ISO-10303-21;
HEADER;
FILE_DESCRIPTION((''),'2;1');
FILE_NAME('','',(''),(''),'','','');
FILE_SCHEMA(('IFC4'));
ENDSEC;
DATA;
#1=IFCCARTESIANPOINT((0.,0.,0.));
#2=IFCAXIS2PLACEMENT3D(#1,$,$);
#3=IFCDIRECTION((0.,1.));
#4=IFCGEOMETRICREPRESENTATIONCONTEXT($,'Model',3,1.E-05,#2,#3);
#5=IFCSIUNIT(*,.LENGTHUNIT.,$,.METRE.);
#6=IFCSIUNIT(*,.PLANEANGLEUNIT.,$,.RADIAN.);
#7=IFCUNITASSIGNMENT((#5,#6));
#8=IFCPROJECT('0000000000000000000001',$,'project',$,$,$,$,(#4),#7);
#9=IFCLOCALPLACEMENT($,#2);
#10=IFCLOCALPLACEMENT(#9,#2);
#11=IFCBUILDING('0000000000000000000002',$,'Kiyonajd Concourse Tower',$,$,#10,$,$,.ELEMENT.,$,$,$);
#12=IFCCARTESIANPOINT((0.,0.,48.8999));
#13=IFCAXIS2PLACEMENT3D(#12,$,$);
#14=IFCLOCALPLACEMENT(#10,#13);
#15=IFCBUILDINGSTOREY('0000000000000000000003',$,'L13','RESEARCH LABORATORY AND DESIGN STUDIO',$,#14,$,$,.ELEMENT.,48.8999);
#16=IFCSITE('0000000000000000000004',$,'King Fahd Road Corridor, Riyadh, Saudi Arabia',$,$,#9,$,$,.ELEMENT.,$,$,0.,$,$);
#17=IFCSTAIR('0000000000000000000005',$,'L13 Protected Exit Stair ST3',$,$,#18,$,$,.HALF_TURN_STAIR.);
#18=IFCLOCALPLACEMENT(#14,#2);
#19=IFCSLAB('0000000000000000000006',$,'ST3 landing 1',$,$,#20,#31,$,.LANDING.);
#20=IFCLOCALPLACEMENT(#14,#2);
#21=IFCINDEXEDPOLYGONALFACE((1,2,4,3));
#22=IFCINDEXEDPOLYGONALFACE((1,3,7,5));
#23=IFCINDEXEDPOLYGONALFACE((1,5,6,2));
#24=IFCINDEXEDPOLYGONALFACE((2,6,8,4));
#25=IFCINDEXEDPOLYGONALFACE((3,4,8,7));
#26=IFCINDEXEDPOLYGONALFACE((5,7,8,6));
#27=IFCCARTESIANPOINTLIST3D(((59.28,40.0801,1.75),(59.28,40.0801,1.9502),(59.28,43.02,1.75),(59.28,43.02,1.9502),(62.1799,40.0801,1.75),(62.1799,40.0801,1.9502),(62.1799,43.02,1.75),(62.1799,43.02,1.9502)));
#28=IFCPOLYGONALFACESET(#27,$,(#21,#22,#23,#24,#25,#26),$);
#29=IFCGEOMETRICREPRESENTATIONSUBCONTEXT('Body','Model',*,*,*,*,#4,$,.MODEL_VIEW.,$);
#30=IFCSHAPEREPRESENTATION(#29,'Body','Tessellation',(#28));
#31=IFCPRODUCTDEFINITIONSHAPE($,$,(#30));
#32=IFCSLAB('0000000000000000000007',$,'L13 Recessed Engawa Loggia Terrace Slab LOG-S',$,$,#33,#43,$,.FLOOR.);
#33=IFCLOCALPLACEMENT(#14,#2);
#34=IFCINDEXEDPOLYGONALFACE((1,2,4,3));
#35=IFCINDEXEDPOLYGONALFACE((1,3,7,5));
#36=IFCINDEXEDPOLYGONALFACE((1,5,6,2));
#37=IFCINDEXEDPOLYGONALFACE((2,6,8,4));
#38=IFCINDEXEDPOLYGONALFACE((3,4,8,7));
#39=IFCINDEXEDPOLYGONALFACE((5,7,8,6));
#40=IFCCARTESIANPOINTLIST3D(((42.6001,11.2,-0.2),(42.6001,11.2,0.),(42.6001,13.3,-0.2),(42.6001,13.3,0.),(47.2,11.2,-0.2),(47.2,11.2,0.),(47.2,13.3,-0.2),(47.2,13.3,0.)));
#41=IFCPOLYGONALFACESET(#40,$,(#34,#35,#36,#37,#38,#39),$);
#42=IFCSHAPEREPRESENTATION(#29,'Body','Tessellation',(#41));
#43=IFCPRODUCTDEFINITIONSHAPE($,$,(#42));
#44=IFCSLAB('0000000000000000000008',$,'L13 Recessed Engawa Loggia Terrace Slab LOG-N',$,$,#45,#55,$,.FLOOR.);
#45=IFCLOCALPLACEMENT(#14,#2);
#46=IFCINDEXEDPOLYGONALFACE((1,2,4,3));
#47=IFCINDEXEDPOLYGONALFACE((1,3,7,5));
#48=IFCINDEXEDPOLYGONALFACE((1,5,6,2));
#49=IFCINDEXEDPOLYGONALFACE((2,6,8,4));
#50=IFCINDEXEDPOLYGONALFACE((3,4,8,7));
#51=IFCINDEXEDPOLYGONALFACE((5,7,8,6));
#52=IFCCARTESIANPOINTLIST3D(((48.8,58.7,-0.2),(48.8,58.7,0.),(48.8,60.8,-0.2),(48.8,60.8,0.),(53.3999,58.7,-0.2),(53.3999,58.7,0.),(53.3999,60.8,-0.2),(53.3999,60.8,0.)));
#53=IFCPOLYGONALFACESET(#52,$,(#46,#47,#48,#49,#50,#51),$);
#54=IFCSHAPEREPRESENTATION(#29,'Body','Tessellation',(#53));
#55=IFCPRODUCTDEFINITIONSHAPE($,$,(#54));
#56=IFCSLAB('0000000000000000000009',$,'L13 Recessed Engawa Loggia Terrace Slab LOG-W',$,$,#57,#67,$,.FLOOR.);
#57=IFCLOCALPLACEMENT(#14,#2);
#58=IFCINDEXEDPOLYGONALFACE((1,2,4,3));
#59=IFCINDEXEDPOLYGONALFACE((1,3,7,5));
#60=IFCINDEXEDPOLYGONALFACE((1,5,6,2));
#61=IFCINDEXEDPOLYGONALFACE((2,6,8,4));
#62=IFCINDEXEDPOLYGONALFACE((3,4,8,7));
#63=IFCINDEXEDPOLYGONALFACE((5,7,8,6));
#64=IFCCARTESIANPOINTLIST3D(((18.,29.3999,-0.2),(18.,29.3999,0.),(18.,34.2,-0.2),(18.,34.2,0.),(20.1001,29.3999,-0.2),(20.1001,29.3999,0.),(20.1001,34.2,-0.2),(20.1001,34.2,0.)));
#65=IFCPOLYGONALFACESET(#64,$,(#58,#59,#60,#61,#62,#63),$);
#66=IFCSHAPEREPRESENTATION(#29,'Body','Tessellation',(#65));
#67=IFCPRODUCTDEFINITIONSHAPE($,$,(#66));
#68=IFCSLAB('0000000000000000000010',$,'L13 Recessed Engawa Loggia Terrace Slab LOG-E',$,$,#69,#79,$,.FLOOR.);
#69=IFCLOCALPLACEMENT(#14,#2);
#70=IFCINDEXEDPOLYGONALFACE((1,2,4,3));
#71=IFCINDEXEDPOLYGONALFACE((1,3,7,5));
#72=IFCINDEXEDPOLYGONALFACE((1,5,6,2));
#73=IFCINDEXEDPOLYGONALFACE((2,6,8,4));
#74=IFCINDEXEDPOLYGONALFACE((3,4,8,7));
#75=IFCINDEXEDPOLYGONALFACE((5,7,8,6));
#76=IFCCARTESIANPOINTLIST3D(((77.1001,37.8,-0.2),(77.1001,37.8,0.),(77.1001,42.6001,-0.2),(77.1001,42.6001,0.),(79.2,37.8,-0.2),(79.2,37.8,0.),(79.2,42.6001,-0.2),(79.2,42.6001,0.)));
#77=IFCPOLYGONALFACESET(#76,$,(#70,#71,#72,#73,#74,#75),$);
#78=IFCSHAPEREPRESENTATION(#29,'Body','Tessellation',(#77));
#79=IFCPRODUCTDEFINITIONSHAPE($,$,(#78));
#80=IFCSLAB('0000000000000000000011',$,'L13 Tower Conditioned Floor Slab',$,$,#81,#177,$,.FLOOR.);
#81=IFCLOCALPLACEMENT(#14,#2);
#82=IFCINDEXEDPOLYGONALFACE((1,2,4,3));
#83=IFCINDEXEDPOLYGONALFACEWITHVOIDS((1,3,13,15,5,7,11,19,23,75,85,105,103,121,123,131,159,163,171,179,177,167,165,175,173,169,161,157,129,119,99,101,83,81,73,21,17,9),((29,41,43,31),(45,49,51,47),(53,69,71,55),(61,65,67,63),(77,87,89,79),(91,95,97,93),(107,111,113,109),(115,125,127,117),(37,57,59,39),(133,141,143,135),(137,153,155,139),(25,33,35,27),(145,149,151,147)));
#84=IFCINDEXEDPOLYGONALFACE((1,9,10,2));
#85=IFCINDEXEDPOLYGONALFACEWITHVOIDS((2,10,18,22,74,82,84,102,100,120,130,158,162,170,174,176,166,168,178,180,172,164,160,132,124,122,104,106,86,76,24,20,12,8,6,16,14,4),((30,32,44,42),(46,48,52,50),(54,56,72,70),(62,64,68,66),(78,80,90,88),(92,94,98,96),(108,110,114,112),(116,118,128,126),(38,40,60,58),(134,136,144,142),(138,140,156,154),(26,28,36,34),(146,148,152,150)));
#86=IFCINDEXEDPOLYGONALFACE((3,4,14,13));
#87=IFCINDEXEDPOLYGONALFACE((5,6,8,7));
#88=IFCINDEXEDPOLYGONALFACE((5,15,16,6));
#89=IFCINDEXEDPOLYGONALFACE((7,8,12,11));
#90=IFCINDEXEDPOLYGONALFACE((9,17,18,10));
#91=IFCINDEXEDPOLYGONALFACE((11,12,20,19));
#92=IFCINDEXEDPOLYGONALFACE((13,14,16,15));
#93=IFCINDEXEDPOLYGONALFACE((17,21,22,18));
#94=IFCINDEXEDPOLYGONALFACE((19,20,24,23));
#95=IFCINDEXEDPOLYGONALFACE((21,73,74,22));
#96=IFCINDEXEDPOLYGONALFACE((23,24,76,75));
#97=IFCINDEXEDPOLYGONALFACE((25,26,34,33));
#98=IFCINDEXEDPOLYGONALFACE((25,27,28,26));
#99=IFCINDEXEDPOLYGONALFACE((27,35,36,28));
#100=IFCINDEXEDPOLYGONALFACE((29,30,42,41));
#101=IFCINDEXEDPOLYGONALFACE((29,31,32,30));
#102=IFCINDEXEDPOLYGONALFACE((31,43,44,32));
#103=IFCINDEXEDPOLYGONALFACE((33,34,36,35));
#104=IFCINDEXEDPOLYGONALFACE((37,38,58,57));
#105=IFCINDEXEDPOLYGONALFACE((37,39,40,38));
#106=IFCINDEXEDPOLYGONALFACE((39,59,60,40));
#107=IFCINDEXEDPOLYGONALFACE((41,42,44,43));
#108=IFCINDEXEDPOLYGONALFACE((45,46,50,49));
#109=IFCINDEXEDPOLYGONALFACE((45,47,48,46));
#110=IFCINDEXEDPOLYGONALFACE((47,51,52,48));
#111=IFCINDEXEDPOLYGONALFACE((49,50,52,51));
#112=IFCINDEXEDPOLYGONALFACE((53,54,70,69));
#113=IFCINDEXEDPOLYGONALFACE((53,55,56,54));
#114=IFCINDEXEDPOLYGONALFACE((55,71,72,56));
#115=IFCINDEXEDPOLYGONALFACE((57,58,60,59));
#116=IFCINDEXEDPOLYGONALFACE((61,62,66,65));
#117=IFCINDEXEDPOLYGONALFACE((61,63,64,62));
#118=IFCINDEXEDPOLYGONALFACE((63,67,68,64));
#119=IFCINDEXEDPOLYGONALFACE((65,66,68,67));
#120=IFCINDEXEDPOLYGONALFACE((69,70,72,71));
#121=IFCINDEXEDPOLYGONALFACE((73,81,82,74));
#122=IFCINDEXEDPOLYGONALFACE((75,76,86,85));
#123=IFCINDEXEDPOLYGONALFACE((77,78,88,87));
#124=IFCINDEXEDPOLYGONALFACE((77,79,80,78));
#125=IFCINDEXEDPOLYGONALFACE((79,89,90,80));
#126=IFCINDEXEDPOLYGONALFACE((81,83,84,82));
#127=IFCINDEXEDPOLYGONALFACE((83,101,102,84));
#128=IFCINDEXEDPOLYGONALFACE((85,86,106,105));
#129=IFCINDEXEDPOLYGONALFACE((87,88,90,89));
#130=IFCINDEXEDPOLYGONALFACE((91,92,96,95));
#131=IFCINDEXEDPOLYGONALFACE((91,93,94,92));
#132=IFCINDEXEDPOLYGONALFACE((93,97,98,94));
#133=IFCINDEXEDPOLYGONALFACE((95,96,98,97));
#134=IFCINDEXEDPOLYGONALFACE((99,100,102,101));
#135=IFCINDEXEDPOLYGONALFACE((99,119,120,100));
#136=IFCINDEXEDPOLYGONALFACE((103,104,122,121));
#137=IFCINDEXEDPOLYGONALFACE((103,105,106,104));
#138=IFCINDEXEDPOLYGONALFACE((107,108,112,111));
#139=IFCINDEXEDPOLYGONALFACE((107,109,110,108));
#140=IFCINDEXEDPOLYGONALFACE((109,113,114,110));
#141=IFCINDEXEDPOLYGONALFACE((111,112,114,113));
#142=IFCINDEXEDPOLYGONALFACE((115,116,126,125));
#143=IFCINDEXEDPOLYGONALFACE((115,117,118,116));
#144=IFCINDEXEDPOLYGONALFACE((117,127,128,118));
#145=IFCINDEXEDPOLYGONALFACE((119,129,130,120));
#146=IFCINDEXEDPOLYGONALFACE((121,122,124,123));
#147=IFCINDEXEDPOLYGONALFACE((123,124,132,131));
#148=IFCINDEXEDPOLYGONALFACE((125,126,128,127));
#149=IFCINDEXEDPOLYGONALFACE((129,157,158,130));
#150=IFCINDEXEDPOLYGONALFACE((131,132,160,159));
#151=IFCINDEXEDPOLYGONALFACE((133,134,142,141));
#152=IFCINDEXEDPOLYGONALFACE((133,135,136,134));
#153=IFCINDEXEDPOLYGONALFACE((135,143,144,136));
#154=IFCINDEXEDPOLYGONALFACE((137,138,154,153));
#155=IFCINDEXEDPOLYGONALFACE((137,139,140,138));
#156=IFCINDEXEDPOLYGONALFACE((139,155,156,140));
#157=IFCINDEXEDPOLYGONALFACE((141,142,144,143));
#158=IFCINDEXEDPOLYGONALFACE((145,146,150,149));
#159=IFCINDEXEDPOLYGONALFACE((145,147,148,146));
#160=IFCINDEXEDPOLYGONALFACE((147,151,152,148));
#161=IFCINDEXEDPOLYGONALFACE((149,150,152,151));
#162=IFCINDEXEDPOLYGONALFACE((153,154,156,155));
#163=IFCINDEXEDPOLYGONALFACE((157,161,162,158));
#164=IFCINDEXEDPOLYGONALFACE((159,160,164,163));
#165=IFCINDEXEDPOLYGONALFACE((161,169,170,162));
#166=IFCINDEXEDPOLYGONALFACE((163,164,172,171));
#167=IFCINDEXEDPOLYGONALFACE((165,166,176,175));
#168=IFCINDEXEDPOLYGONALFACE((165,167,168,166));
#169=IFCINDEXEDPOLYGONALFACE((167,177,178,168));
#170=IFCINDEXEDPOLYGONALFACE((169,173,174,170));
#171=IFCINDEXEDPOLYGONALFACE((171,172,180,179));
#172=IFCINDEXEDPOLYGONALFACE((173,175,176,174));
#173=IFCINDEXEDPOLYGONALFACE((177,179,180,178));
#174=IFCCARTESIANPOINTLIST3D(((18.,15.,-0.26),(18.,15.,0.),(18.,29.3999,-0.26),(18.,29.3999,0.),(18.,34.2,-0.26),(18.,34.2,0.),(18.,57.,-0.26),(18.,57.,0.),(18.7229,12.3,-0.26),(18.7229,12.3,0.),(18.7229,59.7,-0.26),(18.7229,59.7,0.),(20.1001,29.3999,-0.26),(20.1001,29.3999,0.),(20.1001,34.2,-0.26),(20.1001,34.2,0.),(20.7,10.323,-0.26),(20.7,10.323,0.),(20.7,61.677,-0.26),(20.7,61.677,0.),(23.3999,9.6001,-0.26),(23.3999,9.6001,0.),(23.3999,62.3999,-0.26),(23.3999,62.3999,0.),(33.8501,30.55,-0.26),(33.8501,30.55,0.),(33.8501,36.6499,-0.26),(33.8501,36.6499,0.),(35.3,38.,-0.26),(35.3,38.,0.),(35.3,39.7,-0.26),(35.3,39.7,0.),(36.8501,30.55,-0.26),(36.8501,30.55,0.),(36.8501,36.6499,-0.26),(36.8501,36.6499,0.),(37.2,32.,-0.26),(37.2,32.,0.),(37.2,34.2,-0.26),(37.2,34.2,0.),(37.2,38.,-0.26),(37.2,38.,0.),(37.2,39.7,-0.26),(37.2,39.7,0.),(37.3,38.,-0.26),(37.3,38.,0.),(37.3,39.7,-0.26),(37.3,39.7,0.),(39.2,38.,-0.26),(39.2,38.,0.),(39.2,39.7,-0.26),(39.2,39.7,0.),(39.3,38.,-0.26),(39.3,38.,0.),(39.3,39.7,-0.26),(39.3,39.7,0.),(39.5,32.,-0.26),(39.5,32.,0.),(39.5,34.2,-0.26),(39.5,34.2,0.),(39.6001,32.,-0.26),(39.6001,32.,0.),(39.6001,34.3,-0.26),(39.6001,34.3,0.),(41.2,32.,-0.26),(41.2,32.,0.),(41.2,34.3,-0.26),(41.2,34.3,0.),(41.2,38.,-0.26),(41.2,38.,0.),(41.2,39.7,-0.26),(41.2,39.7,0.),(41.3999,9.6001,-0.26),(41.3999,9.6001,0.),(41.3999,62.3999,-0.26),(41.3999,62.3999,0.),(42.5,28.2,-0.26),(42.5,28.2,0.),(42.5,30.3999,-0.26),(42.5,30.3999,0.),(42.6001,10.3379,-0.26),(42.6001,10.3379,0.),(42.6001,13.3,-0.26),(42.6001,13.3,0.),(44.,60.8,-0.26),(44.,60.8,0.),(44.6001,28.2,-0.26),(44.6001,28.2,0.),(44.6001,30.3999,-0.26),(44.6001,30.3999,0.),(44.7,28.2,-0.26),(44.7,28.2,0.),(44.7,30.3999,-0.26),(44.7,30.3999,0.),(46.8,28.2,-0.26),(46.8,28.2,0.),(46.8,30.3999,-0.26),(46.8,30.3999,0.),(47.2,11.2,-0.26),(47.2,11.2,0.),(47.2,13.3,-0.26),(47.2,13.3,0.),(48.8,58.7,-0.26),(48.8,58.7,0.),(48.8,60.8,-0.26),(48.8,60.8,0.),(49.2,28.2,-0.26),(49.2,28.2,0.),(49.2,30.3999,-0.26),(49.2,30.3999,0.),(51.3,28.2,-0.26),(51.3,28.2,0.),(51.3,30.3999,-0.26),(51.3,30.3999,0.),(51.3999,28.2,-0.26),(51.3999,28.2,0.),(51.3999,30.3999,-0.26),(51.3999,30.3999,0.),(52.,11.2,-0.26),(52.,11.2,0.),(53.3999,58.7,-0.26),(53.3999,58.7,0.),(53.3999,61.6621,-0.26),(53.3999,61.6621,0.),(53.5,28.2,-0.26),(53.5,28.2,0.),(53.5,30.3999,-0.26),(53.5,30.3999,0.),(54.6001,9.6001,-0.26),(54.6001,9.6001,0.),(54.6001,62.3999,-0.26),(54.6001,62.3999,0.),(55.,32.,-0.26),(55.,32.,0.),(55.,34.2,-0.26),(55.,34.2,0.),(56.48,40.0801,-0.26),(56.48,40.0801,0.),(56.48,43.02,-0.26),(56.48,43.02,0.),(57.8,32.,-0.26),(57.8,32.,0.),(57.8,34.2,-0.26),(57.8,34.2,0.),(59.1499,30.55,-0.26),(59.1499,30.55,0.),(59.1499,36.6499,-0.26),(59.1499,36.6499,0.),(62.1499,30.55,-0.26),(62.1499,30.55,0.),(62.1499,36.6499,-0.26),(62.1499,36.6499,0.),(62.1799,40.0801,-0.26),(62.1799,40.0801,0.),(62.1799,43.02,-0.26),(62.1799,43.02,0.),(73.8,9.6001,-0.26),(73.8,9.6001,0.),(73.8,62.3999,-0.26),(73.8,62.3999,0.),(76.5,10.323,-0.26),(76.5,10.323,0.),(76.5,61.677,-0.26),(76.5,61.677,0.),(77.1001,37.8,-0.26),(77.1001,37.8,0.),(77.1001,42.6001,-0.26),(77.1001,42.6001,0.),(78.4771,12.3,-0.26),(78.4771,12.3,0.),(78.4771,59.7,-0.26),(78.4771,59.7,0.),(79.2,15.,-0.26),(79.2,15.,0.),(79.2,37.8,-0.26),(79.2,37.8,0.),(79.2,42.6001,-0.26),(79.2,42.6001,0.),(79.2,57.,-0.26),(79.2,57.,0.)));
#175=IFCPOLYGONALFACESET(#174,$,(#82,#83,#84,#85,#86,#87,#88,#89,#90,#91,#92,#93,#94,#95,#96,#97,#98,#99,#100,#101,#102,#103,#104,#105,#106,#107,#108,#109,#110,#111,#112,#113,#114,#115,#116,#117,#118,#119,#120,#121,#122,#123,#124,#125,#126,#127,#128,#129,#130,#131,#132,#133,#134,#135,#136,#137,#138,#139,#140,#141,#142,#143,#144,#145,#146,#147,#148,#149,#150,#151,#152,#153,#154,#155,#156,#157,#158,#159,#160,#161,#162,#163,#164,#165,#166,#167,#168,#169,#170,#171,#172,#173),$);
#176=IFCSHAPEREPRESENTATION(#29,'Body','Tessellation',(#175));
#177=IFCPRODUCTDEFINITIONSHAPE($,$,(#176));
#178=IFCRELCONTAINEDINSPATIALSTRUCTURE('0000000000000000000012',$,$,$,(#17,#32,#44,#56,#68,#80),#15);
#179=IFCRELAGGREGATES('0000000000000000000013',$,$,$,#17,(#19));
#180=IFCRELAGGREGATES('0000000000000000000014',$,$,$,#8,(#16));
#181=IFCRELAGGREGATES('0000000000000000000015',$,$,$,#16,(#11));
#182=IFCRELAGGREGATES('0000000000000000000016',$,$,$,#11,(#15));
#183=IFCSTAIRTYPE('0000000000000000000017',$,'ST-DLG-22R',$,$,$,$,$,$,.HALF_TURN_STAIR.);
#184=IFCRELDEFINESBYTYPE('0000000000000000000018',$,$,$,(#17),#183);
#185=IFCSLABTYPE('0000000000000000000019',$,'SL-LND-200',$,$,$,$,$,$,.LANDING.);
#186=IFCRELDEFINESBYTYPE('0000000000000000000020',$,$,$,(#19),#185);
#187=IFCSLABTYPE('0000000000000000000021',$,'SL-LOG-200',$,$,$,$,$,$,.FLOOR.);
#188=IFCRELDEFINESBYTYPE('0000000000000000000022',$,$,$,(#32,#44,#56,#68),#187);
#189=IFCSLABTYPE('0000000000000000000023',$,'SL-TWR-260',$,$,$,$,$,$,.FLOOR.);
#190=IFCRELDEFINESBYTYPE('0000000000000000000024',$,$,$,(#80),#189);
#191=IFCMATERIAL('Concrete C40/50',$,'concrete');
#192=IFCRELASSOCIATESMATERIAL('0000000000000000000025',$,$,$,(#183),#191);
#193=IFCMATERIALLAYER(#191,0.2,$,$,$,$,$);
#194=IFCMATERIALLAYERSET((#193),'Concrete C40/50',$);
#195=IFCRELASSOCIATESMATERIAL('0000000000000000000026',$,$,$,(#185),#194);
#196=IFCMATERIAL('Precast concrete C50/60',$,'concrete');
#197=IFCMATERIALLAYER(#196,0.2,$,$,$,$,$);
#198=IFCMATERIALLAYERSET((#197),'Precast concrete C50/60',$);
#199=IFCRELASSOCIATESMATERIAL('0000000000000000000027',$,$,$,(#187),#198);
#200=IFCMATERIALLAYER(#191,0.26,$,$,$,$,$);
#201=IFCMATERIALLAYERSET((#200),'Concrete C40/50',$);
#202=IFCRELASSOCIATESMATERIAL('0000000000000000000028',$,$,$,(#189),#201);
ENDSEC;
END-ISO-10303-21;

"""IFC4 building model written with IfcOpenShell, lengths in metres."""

from ifc_helpers import new_model, si_unit, direction, frame, origin, place, context, subcontext, project, spatial, polyline, outline, extrude, material, layer, layer_set, type_object, element, aggregate, save


model = new_model("IFC4")

# Units and contexts
model_context = context("Model", 3, precision=1e-05, world=origin(), true_north=direction((0.0, 1.0)))
body_context = subcontext(model_context, "Body", "Model", "MODEL_VIEW")
ifc_project = project(units=[si_unit("LENGTHUNIT", "METRE"), si_unit("PLANEANGLEUNIT", "RADIAN")], contexts=[model_context])

# Site, building, storey
site_placement = place(None, origin())
site = spatial("IfcSite", under=ifc_project, at=site_placement, Name="King Fahd Road Corridor, Riyadh, Saudi Arabia", CompositionType="ELEMENT", RefElevation=0.0)
building_placement = place(site_placement, origin())
building = spatial("IfcBuilding", under=site, at=building_placement, Name="Kiyonajd Concourse Tower", CompositionType="ELEMENT")
storey_placement = place(building_placement, frame((0.0, 0.0, 48.8999)))
storey = spatial("IfcBuildingStorey", under=building, at=storey_placement, Name="L13", Description="RESEARCH LABORATORY AND DESIGN STUDIO", CompositionType="ELEMENT", Elevation=48.8999)

# Shared definitions
ifc_material_1 = material(Name="Precast concrete C50/60", Category="concrete")

# Stair, slab
ifc_material_2 = material(Name="Concrete C40/50", Category="concrete")
stair_type = type_object("IfcStairType", Name="ST-DLG-22R", PredefinedType="HALF_TURN_STAIR", material=ifc_material_2)
ifc_layer_1 = layer(ifc_material_2, 0.2)
ifc_layer_set_1 = layer_set([ifc_layer_1], Name="Concrete C40/50")
slab_type_1 = type_object("IfcSlabType", Name="SL-LND-200", PredefinedType="LANDING", material=ifc_layer_set_1)
stair_1_placement = place(storey_placement, origin())
stair_1 = element("IfcStair", 1, at=stair_1_placement, inside=storey, type_object=stair_type, Name="L13 Protected Exit Stair ST3", PredefinedType="HALF_TURN_STAIR")
slab_1_placement = place(storey_placement, frame((0.0, 0.0, 1.75)))
slab_1 = element("IfcSlab", 2, at=slab_1_placement, type_object=slab_type_1, Name="ST3 landing 1", PredefinedType="LANDING", context=body_context, shape_type="SweptSolid", body=[
    extrude(outline(polyline([(59.28, 40.0801), (62.1799, 40.0801), (62.1799, 43.02), (59.28, 43.02), (59.28, 40.0801)])), origin(), (0.0, 0.0, 1.0), 0.2002),
])
aggregate(stair_1, [slab_1])

# Slabs
ifc_layer_2 = layer(ifc_material_1, 0.2)
ifc_layer_set_2 = layer_set([ifc_layer_2], Name="Precast concrete C50/60")
slab_type_2 = type_object("IfcSlabType", Name="SL-LOG-200", PredefinedType="FLOOR", material=ifc_layer_set_2)
slab_2_placement = place(storey_placement, frame((0.0, 0.0, -0.2)))
element("IfcSlab", 3, at=slab_2_placement, inside=storey, type_object=slab_type_2, Name="L13 Recessed Engawa Loggia Terrace Slab LOG-S", PredefinedType="FLOOR", context=body_context, shape_type="SweptSolid", body=[
    extrude(outline(polyline([(42.6001, 11.2), (47.2, 11.2), (47.2, 13.3), (42.6001, 13.3), (42.6001, 11.2)])), origin(), (0.0, 0.0, 1.0), 0.2),
])
slab_3_placement = place(storey_placement, frame((0.0, 0.0, -0.2)))
element("IfcSlab", 4, at=slab_3_placement, inside=storey, type_object=slab_type_2, Name="L13 Recessed Engawa Loggia Terrace Slab LOG-N", PredefinedType="FLOOR", context=body_context, shape_type="SweptSolid", body=[
    extrude(outline(polyline([(48.8, 58.7), (53.3999, 58.7), (53.3999, 60.8), (48.8, 60.8), (48.8, 58.7)])), origin(), (0.0, 0.0, 1.0), 0.2),
])
slab_4_placement = place(storey_placement, frame((0.0, 0.0, -0.2)))
element("IfcSlab", 5, at=slab_4_placement, inside=storey, type_object=slab_type_2, Name="L13 Recessed Engawa Loggia Terrace Slab LOG-W", PredefinedType="FLOOR", context=body_context, shape_type="SweptSolid", body=[
    extrude(outline(polyline([(18.0, 29.3999), (20.1001, 29.3999), (20.1001, 34.2), (18.0, 34.2), (18.0, 29.3999)])), origin(), (0.0, 0.0, 1.0), 0.2),
])
slab_5_placement = place(storey_placement, frame((0.0, 0.0, -0.2)))
element("IfcSlab", 6, at=slab_5_placement, inside=storey, type_object=slab_type_2, Name="L13 Recessed Engawa Loggia Terrace Slab LOG-E", PredefinedType="FLOOR", context=body_context, shape_type="SweptSolid", body=[
    extrude(outline(polyline([(77.1001, 37.8), (79.2, 37.8), (79.2, 42.6001), (77.1001, 42.6001), (77.1001, 37.8)])), origin(), (0.0, 0.0, 1.0), 0.2),
])
ifc_layer_3 = layer(ifc_material_2, 0.26)
ifc_layer_set_3 = layer_set([ifc_layer_3], Name="Concrete C40/50")
slab_type_3 = type_object("IfcSlabType", Name="SL-TWR-260", PredefinedType="FLOOR", material=ifc_layer_set_3)
slab_6_placement = place(storey_placement, frame((0.0, 0.0, -0.26)))
element("IfcSlab", 7, at=slab_6_placement, inside=storey, type_object=slab_type_3, Name="L13 Tower Conditioned Floor Slab", PredefinedType="FLOOR", context=body_context, shape_type="SweptSolid", body=[
    extrude(outline(polyline([(18.7229, 12.3), (18.0, 15.0), (18.0, 29.3999), (20.1001, 29.3999), (20.1001, 34.2), (18.0, 34.2), (18.0, 57.0), (18.7229, 59.7), (20.7, 61.677), (23.3999, 62.3999), (41.3999, 62.3999), (44.0, 60.8), (48.8, 60.8), (48.8, 58.7), (53.3999, 58.7), (53.3999, 61.6621), (54.6001, 62.3999), (73.8, 62.3999), (76.5, 61.677), (78.4771, 59.7), (79.2, 57.0), (79.2, 42.6001), (77.1001, 42.6001), (77.1001, 37.8), (79.2, 37.8), (79.2, 15.0), (78.4771, 12.3), (76.5, 10.323), (73.8, 9.6001), (54.6001, 9.6001), (52.0, 11.2), (47.2, 11.2), (47.2, 13.3), (42.6001, 13.3), (42.6001, 10.3379), (41.3999, 9.6001), (23.3999, 9.6001), (20.7, 10.323), (18.7229, 12.3)]), holes=[polyline([(44.6001, 28.2), (42.5, 28.2), (42.5, 30.3999), (44.6001, 30.3999), (44.6001, 28.2)]), polyline([(37.2, 32.0), (37.2, 34.2), (39.5, 34.2), (39.5, 32.0), (37.2, 32.0)]), polyline([(39.6001, 32.0), (39.6001, 34.3), (41.2, 34.3), (41.2, 32.0), (39.6001, 32.0)]), polyline([(36.8501, 30.55), (33.8501, 30.55), (33.8501, 36.6499), (36.8501, 36.6499), (36.8501, 30.55)]), polyline([(35.3, 38.0), (35.3, 39.7), (37.2, 39.7), (37.2, 38.0), (35.3, 38.0)]), polyline([(37.3, 38.0), (37.3, 39.7), (39.2, 39.7), (39.2, 38.0), (37.3, 38.0)]), polyline([(41.2, 38.0), (39.3, 38.0), (39.3, 39.7), (41.2, 39.7), (41.2, 38.0)]), polyline([(44.7, 28.2), (44.7, 30.3999), (46.8, 30.3999), (46.8, 28.2), (44.7, 28.2)]), polyline([(49.2, 28.2), (49.2, 30.3999), (51.3, 30.3999), (51.3, 28.2), (49.2, 28.2)]), polyline([(51.3999, 28.2), (51.3999, 30.3999), (53.5, 30.3999), (53.5, 28.2), (51.3999, 28.2)]), polyline([(55.0, 32.0), (55.0, 34.2), (57.8, 34.2), (57.8, 32.0), (55.0, 32.0)]), polyline([(59.1499, 30.55), (59.1499, 36.6499), (62.1499, 36.6499), (62.1499, 30.55), (59.1499, 30.55)]), polyline([(56.48, 43.02), (62.1799, 43.02), (62.1799, 40.0801), (56.48, 40.0801), (56.48, 43.02)])]), origin(), (0.0, 0.0, 1.0), 0.26),
])

save(model, "model.ifc")
